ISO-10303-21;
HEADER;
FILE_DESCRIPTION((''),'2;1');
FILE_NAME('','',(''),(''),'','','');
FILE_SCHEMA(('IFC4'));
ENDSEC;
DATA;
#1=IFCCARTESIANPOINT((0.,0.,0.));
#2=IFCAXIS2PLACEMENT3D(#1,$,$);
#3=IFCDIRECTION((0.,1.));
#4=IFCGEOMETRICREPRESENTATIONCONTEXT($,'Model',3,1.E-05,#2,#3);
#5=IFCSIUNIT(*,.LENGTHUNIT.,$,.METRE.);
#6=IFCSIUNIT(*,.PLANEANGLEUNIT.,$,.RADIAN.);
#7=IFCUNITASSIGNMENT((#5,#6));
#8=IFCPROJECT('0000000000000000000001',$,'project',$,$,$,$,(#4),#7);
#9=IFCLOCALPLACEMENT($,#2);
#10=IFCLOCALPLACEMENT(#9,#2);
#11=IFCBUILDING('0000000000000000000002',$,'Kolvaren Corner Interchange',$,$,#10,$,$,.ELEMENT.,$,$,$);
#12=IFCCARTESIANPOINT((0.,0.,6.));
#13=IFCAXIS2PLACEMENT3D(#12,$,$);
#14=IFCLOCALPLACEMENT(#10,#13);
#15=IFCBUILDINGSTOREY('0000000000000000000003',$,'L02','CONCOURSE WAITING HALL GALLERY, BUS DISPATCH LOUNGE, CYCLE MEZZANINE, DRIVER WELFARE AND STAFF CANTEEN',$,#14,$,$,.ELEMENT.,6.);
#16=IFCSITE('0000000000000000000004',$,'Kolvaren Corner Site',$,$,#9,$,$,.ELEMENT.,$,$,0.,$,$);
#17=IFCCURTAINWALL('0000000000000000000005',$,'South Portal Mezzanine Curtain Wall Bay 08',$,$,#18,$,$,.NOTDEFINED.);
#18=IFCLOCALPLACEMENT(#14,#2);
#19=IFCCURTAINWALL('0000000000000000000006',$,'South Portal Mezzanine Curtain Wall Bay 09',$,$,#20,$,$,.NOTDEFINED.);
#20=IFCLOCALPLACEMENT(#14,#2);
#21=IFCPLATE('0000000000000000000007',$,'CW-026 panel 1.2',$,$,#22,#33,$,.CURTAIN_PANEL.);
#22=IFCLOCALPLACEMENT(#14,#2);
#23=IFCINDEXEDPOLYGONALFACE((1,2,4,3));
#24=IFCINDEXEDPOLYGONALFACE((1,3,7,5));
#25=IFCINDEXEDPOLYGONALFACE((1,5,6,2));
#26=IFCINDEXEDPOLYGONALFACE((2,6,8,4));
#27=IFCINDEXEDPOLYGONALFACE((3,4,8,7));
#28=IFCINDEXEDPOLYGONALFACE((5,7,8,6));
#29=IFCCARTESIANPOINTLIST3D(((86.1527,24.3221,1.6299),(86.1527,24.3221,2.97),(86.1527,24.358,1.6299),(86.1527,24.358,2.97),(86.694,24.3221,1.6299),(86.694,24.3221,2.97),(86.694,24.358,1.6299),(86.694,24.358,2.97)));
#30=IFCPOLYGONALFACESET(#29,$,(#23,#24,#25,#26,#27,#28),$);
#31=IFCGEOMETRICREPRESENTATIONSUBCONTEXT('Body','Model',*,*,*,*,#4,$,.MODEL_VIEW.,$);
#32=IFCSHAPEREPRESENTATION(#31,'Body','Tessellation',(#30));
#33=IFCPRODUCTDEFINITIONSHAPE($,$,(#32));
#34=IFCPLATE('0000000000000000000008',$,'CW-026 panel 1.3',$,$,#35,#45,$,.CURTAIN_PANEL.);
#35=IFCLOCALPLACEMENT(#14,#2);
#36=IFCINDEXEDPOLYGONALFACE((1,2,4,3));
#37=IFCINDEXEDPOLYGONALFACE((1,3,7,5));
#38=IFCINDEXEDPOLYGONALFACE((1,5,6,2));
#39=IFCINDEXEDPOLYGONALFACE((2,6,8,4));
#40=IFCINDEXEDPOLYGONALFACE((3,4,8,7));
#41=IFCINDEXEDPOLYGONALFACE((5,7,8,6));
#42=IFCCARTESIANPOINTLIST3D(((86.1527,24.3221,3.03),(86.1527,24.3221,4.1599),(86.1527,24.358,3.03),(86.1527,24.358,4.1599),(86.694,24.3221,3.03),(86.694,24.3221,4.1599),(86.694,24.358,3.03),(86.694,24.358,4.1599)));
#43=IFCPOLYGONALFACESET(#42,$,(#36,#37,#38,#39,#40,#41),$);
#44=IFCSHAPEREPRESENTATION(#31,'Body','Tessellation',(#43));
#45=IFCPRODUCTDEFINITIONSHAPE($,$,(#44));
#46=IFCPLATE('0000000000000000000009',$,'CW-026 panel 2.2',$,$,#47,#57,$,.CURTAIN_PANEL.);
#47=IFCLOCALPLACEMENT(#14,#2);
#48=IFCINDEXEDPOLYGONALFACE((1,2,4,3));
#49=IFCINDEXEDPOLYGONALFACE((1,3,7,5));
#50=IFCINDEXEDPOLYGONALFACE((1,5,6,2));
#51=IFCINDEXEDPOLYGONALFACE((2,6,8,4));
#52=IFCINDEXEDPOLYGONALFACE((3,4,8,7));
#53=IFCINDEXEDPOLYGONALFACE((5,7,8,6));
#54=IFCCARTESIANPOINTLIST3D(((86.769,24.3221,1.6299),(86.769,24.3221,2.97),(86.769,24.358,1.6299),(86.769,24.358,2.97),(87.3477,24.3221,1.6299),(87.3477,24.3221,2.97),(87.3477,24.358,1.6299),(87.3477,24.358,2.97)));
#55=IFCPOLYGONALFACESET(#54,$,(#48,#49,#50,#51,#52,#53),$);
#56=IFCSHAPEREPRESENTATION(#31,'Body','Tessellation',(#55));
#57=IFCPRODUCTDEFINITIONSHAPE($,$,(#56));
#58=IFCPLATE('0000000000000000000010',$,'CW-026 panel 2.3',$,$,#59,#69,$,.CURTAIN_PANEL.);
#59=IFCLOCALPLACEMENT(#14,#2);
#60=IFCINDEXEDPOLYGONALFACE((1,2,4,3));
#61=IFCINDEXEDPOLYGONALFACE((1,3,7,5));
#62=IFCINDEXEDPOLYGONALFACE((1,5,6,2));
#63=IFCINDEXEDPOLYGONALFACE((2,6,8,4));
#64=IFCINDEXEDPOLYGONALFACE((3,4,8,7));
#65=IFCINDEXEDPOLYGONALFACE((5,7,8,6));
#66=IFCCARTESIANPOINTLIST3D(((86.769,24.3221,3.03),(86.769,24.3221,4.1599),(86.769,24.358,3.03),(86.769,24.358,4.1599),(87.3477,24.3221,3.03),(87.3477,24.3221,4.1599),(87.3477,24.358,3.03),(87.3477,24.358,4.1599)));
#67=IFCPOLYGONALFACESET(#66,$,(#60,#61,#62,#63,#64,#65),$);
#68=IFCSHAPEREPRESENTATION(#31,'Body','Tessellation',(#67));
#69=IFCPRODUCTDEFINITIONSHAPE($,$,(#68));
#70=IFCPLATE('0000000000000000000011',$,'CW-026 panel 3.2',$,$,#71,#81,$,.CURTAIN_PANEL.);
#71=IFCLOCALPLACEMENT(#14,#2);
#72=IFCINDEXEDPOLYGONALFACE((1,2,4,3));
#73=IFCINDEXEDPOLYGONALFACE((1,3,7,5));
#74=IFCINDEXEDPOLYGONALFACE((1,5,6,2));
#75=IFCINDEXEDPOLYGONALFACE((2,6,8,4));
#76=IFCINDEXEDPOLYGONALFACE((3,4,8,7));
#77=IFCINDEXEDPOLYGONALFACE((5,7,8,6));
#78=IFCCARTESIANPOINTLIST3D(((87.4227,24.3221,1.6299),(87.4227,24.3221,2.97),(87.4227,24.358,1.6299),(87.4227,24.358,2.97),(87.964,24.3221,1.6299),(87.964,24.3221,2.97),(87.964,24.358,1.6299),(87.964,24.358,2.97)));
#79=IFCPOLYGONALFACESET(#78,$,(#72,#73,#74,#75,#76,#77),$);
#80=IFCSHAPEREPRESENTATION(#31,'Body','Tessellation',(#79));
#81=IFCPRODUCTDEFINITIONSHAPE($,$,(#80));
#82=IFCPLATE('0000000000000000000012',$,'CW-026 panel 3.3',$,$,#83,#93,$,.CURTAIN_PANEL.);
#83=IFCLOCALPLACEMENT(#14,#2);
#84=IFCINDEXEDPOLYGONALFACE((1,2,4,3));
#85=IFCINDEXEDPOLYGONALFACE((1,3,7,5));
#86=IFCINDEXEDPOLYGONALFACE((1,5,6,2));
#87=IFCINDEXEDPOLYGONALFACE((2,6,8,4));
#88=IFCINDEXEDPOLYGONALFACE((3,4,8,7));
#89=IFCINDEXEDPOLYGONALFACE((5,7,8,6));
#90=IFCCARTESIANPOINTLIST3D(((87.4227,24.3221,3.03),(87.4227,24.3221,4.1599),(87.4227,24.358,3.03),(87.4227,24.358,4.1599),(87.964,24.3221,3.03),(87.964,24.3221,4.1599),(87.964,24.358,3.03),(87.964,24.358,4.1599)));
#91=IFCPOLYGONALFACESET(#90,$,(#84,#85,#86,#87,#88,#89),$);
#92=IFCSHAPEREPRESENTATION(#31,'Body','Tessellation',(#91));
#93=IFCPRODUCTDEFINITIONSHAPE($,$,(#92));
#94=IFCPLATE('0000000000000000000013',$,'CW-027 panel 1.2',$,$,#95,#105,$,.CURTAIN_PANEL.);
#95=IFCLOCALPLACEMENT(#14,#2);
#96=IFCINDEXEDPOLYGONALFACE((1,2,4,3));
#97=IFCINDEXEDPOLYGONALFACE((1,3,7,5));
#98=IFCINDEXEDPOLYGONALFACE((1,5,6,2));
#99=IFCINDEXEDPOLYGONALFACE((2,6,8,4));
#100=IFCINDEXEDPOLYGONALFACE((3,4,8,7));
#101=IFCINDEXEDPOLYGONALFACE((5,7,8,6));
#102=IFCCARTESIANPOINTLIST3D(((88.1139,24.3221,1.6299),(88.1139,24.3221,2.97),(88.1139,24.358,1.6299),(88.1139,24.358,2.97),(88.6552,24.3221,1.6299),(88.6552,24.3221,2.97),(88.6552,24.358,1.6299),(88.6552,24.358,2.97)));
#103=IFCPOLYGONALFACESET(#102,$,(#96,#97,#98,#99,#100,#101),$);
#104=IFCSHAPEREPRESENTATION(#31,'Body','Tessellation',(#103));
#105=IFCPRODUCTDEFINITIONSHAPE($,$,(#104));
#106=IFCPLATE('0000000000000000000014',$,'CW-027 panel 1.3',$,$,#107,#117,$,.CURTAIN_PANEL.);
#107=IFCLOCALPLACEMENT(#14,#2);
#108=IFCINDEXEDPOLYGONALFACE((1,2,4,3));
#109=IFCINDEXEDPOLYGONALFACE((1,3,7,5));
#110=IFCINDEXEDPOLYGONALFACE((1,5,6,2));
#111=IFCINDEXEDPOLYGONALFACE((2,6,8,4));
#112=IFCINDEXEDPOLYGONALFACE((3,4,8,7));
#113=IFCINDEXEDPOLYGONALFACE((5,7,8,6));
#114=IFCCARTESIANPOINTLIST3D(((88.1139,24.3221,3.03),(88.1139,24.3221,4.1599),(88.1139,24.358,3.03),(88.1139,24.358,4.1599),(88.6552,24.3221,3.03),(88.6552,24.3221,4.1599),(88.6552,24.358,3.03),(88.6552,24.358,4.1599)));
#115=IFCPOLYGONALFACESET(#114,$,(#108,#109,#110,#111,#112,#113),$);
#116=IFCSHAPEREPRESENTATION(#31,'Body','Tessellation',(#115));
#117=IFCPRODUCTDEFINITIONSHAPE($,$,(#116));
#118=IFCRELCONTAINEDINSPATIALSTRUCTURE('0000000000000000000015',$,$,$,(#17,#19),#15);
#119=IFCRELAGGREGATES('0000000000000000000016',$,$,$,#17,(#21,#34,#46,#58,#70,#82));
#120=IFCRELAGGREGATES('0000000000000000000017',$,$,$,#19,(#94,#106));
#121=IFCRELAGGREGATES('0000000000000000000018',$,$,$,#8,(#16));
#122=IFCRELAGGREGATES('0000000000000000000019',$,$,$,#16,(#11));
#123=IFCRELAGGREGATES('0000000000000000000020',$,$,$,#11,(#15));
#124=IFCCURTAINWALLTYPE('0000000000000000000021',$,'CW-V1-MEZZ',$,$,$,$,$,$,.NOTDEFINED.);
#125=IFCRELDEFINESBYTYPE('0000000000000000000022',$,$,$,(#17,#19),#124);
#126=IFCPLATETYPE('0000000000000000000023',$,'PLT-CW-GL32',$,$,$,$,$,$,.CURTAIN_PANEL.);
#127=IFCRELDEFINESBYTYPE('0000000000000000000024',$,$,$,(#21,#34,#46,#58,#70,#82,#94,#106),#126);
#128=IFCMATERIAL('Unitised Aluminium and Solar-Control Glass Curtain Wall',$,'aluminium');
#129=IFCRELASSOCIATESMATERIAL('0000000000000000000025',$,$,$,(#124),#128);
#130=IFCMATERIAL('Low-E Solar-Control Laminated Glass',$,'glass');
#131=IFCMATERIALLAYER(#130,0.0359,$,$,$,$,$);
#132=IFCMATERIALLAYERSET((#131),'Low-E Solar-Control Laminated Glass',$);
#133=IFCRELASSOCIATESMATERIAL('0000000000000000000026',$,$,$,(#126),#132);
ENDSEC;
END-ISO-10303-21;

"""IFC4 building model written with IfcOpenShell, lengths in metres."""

from ifc_helpers import new_model, si_unit, direction, frame, origin, origin_2d, place, context, subcontext, project, spatial, rectangle, extrude, material, layer, layer_set, type_object, element, aggregate, save


model = new_model("IFC4")

# Units and contexts
model_context = context("Model", 3, precision=1e-05, world=origin(), true_north=direction((0.0, 1.0)))
body_context = subcontext(model_context, "Body", "Model", "MODEL_VIEW")
ifc_project = project(units=[si_unit("LENGTHUNIT", "METRE"), si_unit("PLANEANGLEUNIT", "RADIAN")], contexts=[model_context])

# Site, building, storey
site_placement = place(None, origin())
site = spatial("IfcSite", under=ifc_project, at=site_placement, Name="Kolvaren Corner Site", CompositionType="ELEMENT", RefElevation=0.0)
building_placement = place(site_placement, origin())
building = spatial("IfcBuilding", under=site, at=building_placement, Name="Kolvaren Corner Interchange", CompositionType="ELEMENT")
storey_placement = place(building_placement, frame((0.0, 0.0, 6.0)))
storey = spatial("IfcBuildingStorey", under=building, at=storey_placement, Name="L02", Description="CONCOURSE WAITING HALL GALLERY, BUS DISPATCH LOUNGE, CYCLE MEZZANINE, DRIVER WELFARE AND STAFF CANTEEN", CompositionType="ELEMENT", Elevation=6.0)

# Curtain walls
ifc_material_1 = material(Name="Unitised Aluminium and Solar-Control Glass Curtain Wall", Category="aluminium")
curtain_wall_type = type_object("IfcCurtainWallType", Name="CW-V1-MEZZ", PredefinedType="NOTDEFINED", material=ifc_material_1)
curtain_wall_1_placement = place(storey_placement, origin())
curtain_wall_1 = element("IfcCurtainWall", 1, at=curtain_wall_1_placement, inside=storey, type_object=curtain_wall_type, Name="South Portal Mezzanine Curtain Wall Bay 08", PredefinedType="NOTDEFINED")
curtain_wall_2_placement = place(storey_placement, origin())
curtain_wall_2 = element("IfcCurtainWall", 2, at=curtain_wall_2_placement, inside=storey, type_object=curtain_wall_type, Name="South Portal Mezzanine Curtain Wall Bay 09", PredefinedType="NOTDEFINED")

# Plates
ifc_material_2 = material(Name="Low-E Solar-Control Laminated Glass", Category="glass")
ifc_layer = layer(ifc_material_2, 0.0359)
ifc_layer_set = layer_set([ifc_layer], Name="Low-E Solar-Control Laminated Glass")
plate_type = type_object("IfcPlateType", Name="PLT-CW-GL32", PredefinedType="CURTAIN_PANEL", material=ifc_layer_set)
plate_1_placement = place(storey_placement, frame((86.4233, 24.3401, 1.6299), z_axis=(0.0, 0.0, 1.0), x_axis=(1.0, 0.0, 0.0)))
plate_1 = element("IfcPlate", 3, at=plate_1_placement, type_object=plate_type, Name="CW-026 panel 1.2", PredefinedType="CURTAIN_PANEL", context=body_context, shape_type="SweptSolid", body=[
    extrude(rectangle(XDim=0.5413, YDim=0.0359, at=origin_2d()), origin(), (0.0, 0.0, 1.0), 1.3401),
])
plate_2_placement = place(storey_placement, frame((86.4233, 24.3401, 3.03), z_axis=(0.0, 0.0, 1.0), x_axis=(1.0, 0.0, 0.0)))
plate_2 = element("IfcPlate", 4, at=plate_2_placement, type_object=plate_type, Name="CW-026 panel 1.3", PredefinedType="CURTAIN_PANEL", context=body_context, shape_type="SweptSolid", body=[
    extrude(rectangle(XDim=0.5413, YDim=0.0359, at=origin_2d()), origin(), (0.0, 0.0, 1.0), 1.1299),
])
plate_3_placement = place(storey_placement, frame((87.0583, 24.3401, 1.6299), z_axis=(0.0, 0.0, 1.0), x_axis=(1.0, 0.0, 0.0)))
plate_3 = element("IfcPlate", 5, at=plate_3_placement, type_object=plate_type, Name="CW-026 panel 2.2", PredefinedType="CURTAIN_PANEL", context=body_context, shape_type="SweptSolid", body=[
    extrude(rectangle(XDim=0.5786, YDim=0.0359, at=origin_2d()), origin(), (0.0, 0.0, 1.0), 1.3401),
])
plate_4_placement = place(storey_placement, frame((87.0583, 24.3401, 3.03), z_axis=(0.0, 0.0, 1.0), x_axis=(1.0, 0.0, 0.0)))
plate_4 = element("IfcPlate", 6, at=plate_4_placement, type_object=plate_type, Name="CW-026 panel 2.3", PredefinedType="CURTAIN_PANEL", context=body_context, shape_type="SweptSolid", body=[
    extrude(rectangle(XDim=0.5786, YDim=0.0359, at=origin_2d()), origin(), (0.0, 0.0, 1.0), 1.1299),
])
plate_5_placement = place(storey_placement, frame((87.6934, 24.3401, 1.6299), z_axis=(0.0, 0.0, 1.0), x_axis=(1.0, 0.0, 0.0)))
plate_5 = element("IfcPlate", 7, at=plate_5_placement, type_object=plate_type, Name="CW-026 panel 3.2", PredefinedType="CURTAIN_PANEL", context=body_context, shape_type="SweptSolid", body=[
    extrude(rectangle(XDim=0.5413, YDim=0.0359, at=origin_2d()), origin(), (0.0, 0.0, 1.0), 1.3401),
])
plate_6_placement = place(storey_placement, frame((87.6934, 24.3401, 3.03), z_axis=(0.0, 0.0, 1.0), x_axis=(1.0, 0.0, 0.0)))
plate_6 = element("IfcPlate", 8, at=plate_6_placement, type_object=plate_type, Name="CW-026 panel 3.3", PredefinedType="CURTAIN_PANEL", context=body_context, shape_type="SweptSolid", body=[
    extrude(rectangle(XDim=0.5413, YDim=0.0359, at=origin_2d()), origin(), (0.0, 0.0, 1.0), 1.1299),
])
aggregate(curtain_wall_1, [plate_1, plate_2, plate_3, plate_4, plate_5, plate_6])
plate_7_placement = place(storey_placement, frame((88.3845, 24.3401, 1.6299), z_axis=(0.0, 0.0, 1.0), x_axis=(1.0, 0.0, 0.0)))
plate_7 = element("IfcPlate", 9, at=plate_7_placement, type_object=plate_type, Name="CW-027 panel 1.2", PredefinedType="CURTAIN_PANEL", context=body_context, shape_type="SweptSolid", body=[
    extrude(rectangle(XDim=0.5413, YDim=0.0359, at=origin_2d()), origin(), (0.0, 0.0, 1.0), 1.3401),
])
plate_8_placement = place(storey_placement, frame((88.3845, 24.3401, 3.03), z_axis=(0.0, 0.0, 1.0), x_axis=(1.0, 0.0, 0.0)))
plate_8 = element("IfcPlate", 10, at=plate_8_placement, type_object=plate_type, Name="CW-027 panel 1.3", PredefinedType="CURTAIN_PANEL", context=body_context, shape_type="SweptSolid", body=[
    extrude(rectangle(XDim=0.5413, YDim=0.0359, at=origin_2d()), origin(), (0.0, 0.0, 1.0), 1.1299),
])
aggregate(curtain_wall_2, [plate_7, plate_8])

save(model, "model.ifc")
